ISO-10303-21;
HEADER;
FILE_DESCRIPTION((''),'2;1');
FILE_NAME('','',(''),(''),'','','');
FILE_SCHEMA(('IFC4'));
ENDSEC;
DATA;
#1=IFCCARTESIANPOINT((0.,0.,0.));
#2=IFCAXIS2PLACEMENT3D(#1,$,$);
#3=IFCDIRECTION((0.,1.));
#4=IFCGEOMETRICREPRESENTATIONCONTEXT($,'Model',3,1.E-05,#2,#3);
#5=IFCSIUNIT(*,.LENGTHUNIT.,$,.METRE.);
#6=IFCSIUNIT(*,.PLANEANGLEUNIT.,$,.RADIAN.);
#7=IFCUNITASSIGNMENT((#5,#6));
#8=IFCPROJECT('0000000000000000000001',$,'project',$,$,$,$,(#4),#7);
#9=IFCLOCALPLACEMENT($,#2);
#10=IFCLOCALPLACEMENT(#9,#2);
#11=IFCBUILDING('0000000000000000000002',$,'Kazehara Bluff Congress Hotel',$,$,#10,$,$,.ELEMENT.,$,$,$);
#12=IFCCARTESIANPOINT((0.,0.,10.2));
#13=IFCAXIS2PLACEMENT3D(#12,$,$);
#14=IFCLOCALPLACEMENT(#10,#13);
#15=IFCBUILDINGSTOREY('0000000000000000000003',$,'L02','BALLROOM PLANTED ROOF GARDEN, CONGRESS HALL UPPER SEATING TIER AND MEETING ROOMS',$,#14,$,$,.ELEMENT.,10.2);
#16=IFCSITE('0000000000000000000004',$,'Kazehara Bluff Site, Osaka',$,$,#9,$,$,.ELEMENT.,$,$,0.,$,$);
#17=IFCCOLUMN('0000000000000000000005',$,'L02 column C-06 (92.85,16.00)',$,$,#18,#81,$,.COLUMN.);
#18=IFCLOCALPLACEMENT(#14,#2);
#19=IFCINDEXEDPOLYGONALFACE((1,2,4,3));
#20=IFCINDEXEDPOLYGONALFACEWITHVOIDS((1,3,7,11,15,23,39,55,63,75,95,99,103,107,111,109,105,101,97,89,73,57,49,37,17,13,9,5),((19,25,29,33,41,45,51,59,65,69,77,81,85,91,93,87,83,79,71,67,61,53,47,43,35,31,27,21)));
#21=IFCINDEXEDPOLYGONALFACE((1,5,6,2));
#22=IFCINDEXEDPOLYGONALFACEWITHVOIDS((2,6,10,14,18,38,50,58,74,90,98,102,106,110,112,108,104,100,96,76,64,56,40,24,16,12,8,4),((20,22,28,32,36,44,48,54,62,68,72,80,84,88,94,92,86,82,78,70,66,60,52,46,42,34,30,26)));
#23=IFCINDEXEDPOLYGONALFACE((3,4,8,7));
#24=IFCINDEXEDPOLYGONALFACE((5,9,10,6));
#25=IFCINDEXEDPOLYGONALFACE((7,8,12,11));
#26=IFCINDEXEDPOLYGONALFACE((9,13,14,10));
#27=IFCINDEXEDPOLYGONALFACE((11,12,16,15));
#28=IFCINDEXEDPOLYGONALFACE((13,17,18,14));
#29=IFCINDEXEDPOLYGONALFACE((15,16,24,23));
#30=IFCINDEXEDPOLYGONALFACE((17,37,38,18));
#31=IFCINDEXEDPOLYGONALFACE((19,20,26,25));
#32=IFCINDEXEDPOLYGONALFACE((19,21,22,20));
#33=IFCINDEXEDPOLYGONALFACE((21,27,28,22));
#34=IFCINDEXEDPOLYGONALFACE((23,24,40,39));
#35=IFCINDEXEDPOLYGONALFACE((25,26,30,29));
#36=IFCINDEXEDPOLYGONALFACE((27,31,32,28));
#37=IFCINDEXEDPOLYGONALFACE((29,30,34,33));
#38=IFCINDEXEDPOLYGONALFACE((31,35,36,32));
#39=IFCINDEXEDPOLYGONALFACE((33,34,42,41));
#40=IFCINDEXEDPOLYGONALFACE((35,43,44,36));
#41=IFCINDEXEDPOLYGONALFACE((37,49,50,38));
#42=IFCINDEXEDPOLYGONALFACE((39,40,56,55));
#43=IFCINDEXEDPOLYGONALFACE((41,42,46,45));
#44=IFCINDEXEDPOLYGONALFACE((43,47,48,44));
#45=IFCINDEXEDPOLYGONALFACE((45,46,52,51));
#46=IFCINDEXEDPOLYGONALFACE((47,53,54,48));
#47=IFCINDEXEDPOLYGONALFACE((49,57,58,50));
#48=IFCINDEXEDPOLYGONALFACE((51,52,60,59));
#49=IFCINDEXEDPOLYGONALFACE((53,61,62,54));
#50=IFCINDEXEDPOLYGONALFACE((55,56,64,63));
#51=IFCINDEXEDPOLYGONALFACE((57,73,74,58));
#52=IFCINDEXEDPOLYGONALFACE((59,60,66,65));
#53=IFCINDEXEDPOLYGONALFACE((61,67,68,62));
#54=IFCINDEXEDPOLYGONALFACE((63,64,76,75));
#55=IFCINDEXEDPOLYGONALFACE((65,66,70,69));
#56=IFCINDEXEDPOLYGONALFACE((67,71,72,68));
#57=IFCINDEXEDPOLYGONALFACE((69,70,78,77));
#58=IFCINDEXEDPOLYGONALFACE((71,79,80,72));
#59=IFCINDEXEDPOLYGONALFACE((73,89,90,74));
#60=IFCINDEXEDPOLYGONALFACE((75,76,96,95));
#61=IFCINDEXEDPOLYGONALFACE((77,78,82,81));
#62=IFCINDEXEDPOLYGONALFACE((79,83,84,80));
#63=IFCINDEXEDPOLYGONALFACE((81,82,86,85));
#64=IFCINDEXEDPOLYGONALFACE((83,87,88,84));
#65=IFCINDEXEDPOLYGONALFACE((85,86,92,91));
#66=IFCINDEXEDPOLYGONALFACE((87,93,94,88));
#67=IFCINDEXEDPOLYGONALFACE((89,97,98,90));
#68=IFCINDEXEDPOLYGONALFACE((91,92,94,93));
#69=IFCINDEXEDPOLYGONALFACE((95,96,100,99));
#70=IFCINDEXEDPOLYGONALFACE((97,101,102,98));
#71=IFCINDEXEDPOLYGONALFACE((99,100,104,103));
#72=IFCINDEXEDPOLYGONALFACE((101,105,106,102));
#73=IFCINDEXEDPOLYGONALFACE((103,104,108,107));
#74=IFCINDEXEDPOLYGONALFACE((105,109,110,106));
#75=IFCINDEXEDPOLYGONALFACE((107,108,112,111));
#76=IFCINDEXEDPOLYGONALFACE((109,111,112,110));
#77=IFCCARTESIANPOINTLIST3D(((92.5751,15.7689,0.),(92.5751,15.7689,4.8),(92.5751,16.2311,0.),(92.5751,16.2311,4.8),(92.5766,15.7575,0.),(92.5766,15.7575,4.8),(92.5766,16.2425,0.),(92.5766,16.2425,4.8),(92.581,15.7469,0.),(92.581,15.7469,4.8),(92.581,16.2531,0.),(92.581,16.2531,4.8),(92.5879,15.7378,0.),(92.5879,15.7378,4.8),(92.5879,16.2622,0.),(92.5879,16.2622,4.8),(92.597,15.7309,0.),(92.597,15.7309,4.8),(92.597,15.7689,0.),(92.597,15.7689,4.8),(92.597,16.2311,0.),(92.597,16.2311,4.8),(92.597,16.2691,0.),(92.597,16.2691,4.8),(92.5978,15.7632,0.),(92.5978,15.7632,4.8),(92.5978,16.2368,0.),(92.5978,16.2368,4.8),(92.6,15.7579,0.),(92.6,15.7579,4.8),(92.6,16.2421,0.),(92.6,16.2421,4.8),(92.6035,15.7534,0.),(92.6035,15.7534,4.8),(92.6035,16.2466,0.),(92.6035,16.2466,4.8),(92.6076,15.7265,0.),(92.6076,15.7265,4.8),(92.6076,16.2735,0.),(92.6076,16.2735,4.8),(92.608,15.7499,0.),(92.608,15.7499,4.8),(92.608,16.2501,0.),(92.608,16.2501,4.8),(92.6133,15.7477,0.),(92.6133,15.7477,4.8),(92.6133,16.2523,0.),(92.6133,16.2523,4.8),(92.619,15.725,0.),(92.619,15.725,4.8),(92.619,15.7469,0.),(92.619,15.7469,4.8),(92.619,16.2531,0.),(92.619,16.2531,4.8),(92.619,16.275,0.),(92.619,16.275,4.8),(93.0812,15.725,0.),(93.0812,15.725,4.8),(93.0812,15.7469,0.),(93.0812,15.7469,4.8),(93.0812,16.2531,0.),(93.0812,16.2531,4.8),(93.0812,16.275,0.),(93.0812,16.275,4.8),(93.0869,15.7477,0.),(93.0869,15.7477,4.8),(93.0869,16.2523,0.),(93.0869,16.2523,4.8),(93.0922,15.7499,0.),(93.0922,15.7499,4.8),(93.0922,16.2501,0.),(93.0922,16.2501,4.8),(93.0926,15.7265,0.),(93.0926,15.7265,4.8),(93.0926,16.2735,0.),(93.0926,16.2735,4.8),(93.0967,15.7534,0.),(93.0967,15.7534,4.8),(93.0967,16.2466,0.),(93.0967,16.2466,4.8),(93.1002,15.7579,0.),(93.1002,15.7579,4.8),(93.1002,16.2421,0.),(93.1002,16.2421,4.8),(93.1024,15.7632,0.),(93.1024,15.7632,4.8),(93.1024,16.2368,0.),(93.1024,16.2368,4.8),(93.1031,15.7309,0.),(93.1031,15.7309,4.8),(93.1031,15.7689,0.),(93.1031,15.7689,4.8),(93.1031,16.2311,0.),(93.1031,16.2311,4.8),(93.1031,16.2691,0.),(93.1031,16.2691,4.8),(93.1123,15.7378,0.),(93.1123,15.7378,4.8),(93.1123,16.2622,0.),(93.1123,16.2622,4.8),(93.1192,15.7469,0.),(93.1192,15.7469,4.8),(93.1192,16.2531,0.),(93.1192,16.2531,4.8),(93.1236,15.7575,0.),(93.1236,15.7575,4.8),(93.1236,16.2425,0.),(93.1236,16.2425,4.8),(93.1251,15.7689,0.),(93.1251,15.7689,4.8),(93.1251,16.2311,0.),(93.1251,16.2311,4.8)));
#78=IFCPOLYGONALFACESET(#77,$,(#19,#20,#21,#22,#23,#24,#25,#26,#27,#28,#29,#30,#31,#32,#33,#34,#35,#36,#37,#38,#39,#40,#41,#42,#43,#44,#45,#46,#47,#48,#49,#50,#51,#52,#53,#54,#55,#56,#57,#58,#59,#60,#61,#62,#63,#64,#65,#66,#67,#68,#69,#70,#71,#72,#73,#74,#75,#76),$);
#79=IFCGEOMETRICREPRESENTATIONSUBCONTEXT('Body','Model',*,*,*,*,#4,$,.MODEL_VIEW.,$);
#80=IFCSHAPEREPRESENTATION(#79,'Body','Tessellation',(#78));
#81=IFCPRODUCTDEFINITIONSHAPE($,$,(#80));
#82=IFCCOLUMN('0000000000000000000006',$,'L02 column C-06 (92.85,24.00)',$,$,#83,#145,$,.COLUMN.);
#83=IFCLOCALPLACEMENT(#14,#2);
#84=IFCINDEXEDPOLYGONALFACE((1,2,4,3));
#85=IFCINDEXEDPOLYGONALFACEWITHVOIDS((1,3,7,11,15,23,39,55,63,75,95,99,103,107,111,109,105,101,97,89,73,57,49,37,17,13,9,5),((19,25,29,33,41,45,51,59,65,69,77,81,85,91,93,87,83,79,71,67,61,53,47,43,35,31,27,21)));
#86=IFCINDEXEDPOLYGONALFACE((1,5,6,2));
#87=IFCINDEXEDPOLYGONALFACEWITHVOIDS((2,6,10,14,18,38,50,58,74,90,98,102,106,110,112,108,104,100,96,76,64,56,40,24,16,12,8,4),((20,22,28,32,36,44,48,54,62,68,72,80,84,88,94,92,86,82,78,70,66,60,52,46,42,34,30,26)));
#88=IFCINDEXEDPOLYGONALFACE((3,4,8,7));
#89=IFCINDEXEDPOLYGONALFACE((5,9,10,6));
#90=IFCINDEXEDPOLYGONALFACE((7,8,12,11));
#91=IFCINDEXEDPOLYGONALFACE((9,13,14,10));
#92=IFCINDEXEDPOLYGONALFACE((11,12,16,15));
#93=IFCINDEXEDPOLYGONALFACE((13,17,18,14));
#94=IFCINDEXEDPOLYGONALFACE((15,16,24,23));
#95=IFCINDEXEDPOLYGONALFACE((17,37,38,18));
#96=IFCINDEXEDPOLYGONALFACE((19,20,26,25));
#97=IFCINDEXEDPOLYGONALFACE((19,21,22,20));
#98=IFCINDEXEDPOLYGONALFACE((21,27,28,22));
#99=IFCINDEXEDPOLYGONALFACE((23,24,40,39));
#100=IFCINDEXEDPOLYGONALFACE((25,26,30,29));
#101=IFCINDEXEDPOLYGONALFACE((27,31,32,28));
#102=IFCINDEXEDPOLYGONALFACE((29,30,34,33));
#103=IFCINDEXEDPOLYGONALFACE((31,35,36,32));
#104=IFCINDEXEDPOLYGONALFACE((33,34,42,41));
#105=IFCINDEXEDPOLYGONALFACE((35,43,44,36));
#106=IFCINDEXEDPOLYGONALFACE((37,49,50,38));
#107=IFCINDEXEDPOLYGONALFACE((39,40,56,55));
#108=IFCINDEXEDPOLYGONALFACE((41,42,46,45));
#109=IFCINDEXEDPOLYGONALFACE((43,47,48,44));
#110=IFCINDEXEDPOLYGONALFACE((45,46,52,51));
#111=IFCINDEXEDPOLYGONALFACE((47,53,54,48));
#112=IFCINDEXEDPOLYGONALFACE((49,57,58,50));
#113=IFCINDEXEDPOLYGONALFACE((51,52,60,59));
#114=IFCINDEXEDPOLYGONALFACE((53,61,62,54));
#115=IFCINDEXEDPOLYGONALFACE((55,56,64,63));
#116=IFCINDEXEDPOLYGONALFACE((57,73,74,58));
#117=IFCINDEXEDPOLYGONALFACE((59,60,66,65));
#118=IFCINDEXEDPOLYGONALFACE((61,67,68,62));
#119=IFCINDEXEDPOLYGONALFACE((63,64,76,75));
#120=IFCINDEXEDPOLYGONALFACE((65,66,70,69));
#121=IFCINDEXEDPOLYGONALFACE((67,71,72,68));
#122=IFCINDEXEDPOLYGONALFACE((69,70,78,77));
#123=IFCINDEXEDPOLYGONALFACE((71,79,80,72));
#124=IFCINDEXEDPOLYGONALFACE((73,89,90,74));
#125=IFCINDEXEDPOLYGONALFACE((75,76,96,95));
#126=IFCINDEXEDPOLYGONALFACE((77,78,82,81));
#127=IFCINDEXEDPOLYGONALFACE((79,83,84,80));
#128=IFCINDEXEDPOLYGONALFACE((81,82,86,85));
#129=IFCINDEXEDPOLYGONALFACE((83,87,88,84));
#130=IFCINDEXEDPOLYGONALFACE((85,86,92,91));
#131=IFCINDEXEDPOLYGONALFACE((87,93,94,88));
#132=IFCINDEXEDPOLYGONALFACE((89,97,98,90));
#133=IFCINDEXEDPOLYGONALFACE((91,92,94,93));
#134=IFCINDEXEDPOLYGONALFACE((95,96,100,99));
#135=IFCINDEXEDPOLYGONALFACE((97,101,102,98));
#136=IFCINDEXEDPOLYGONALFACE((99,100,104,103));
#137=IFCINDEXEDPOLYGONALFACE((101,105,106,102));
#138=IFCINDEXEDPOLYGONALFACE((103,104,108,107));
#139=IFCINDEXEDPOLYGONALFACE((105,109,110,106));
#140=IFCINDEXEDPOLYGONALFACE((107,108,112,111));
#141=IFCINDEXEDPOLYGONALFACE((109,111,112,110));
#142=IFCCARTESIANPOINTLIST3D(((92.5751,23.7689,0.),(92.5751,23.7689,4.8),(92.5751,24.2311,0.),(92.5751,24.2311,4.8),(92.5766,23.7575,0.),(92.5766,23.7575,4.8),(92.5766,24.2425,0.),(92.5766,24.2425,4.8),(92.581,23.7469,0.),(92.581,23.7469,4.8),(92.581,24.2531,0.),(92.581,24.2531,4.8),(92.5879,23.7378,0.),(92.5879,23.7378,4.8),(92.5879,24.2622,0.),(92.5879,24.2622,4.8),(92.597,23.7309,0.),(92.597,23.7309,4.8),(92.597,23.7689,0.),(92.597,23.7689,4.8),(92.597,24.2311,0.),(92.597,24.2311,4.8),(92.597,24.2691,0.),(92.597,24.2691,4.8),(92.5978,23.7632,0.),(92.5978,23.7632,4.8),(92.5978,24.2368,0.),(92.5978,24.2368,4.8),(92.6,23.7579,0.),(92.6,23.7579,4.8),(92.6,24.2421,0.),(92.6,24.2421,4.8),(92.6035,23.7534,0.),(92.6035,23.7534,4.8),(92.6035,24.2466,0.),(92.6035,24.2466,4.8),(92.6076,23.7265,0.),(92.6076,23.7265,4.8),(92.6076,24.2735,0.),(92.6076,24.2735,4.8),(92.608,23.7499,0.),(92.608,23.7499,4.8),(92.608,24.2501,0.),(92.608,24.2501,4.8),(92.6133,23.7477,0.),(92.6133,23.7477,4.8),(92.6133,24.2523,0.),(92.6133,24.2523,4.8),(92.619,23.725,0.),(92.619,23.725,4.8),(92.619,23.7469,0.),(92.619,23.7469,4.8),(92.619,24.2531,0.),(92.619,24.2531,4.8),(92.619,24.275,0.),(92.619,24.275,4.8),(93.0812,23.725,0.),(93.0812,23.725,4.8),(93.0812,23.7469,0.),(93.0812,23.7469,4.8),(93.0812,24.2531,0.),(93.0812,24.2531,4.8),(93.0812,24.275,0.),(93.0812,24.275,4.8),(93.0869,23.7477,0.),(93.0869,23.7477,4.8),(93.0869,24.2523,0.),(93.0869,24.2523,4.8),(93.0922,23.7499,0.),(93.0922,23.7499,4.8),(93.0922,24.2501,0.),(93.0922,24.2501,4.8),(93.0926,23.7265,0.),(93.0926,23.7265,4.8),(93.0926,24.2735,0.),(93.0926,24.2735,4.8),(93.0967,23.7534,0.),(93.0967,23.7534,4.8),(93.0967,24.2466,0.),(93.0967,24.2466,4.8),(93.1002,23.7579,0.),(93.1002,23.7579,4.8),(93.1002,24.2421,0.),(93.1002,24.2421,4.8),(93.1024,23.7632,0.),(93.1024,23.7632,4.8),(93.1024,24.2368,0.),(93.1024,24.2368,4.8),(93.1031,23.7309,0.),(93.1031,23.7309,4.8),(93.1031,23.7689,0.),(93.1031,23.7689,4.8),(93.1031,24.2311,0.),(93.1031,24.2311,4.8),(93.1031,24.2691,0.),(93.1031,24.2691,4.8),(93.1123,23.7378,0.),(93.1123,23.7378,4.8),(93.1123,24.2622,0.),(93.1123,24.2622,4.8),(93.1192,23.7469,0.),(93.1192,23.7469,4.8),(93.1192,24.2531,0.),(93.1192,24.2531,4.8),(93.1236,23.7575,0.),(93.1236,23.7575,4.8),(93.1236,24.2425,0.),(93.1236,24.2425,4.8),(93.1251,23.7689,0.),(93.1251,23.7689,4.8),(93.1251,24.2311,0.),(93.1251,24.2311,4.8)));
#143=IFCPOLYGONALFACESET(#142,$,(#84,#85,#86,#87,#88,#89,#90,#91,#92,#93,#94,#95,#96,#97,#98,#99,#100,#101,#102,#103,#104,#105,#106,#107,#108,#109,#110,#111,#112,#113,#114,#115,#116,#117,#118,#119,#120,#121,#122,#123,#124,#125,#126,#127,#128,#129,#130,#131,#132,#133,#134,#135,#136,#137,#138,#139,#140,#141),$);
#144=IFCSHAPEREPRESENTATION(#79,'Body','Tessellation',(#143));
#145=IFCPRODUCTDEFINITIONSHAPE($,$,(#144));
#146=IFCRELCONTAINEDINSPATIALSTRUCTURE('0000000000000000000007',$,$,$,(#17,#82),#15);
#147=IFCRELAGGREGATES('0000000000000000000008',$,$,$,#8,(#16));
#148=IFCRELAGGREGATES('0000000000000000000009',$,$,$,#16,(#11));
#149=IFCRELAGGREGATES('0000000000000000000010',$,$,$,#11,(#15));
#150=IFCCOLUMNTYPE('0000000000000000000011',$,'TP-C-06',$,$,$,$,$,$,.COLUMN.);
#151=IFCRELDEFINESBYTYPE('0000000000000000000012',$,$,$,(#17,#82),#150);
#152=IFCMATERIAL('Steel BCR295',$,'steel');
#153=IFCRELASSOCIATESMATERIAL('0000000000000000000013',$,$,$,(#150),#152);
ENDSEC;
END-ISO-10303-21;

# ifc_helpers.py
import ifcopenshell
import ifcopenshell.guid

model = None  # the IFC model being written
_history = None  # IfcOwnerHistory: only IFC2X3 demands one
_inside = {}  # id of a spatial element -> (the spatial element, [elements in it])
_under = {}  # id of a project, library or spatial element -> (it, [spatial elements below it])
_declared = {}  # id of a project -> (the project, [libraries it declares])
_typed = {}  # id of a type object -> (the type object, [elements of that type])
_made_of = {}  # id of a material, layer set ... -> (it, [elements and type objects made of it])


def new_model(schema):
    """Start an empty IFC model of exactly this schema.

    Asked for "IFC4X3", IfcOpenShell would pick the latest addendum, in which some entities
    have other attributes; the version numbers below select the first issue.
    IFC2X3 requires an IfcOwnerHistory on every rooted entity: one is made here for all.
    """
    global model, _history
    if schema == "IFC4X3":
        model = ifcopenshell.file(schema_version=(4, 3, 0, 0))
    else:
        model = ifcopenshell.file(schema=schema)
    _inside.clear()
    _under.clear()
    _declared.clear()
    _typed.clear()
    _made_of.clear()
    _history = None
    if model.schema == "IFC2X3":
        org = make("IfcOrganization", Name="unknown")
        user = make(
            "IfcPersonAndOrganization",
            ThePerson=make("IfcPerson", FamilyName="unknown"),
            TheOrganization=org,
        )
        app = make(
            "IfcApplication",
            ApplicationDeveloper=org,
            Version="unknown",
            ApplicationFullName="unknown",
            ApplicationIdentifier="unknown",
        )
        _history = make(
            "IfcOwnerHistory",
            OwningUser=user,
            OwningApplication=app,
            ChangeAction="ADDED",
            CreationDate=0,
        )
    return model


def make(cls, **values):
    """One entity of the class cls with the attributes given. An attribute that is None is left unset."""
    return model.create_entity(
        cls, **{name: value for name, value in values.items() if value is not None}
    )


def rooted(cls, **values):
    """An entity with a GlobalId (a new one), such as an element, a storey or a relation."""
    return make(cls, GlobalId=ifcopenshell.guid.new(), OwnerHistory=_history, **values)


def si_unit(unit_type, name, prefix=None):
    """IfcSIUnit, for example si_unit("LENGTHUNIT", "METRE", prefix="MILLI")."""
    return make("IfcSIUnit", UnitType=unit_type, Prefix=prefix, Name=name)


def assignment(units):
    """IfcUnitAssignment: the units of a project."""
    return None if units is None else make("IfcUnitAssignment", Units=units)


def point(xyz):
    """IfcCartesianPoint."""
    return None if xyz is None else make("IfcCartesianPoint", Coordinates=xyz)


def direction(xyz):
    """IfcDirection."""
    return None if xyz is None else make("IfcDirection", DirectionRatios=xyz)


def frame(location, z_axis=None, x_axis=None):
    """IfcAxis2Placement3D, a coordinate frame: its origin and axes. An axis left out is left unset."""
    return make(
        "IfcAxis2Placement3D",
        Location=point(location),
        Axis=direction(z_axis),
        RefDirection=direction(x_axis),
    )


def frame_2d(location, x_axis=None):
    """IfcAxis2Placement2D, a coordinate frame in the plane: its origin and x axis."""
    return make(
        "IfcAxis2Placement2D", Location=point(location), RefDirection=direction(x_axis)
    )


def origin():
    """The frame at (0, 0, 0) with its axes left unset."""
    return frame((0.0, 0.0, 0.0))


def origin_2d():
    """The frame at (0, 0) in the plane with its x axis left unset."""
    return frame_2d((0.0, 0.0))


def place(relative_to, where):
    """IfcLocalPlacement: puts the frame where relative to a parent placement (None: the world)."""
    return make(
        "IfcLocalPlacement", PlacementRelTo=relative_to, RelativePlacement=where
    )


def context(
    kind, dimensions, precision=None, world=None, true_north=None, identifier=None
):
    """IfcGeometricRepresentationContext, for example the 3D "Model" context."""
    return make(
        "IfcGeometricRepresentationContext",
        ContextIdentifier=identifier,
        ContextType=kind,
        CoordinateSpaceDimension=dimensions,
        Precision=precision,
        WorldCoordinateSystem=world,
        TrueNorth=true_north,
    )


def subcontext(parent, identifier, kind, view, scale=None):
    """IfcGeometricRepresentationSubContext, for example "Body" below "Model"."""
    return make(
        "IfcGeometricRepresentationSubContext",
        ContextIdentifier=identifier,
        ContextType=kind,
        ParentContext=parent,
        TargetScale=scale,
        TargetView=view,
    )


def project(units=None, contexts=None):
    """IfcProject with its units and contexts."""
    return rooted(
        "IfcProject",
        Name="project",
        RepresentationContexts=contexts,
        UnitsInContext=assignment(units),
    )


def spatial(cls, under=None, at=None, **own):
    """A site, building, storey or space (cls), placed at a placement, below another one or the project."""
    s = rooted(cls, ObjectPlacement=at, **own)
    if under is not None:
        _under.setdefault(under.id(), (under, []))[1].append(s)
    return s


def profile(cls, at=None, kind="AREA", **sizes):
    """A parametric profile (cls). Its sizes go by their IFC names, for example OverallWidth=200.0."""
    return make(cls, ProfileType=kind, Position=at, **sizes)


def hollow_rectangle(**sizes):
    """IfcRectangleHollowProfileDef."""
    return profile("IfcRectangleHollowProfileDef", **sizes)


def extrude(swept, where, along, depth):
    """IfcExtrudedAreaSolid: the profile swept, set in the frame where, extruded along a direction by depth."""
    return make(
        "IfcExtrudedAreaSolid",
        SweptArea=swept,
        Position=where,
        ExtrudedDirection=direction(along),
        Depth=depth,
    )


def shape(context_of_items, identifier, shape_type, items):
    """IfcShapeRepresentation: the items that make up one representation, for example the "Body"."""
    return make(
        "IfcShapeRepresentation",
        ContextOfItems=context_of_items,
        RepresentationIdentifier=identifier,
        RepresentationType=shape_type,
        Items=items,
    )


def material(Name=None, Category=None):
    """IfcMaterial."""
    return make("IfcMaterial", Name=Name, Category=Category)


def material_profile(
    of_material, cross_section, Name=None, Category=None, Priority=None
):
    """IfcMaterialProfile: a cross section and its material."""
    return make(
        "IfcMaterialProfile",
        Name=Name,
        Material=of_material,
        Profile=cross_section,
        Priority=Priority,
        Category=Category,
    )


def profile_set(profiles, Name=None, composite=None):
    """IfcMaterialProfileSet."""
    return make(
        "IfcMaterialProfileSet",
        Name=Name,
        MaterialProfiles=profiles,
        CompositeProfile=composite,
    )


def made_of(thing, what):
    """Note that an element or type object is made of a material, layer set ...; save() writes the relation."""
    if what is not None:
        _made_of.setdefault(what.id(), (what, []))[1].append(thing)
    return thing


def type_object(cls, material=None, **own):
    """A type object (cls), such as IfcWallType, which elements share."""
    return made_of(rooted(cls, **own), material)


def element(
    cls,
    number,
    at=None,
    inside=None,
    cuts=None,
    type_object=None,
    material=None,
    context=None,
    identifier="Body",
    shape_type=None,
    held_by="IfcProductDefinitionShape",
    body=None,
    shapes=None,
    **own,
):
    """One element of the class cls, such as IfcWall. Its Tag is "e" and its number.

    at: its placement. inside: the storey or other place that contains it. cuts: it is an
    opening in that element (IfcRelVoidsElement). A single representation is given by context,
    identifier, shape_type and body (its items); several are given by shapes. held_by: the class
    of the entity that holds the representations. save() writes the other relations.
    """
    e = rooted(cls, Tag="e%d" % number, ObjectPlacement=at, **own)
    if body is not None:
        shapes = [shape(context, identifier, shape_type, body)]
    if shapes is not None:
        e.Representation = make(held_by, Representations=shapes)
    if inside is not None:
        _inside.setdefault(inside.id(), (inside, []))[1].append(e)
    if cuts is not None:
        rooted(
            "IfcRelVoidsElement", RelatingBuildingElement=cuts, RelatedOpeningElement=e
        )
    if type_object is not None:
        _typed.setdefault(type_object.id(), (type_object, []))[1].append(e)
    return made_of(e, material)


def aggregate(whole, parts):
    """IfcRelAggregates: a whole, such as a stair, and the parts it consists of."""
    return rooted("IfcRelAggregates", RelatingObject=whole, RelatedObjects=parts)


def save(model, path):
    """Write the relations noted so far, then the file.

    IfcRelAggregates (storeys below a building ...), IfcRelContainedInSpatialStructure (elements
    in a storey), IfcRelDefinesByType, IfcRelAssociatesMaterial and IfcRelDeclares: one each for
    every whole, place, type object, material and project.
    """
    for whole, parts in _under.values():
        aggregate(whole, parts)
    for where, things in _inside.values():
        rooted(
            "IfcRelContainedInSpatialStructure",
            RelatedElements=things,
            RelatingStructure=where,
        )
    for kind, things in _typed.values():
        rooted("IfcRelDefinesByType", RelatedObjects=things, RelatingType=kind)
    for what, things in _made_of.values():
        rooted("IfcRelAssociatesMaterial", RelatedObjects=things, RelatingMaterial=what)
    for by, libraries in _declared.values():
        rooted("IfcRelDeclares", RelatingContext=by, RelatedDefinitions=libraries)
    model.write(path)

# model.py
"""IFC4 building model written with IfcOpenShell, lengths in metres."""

from ifc_helpers import new_model, si_unit, direction, frame, origin, origin_2d, place, context, subcontext, project, spatial, hollow_rectangle, extrude, material, material_profile, profile_set, type_object, element, save


model = new_model("IFC4")

# Units and contexts
model_context = context("Model", 3, precision=1e-05, world=origin(), true_north=direction((0.0, 1.0)))
body_context = subcontext(model_context, "Body", "Model", "MODEL_VIEW")
ifc_project = project(units=[si_unit("LENGTHUNIT", "METRE"), si_unit("PLANEANGLEUNIT", "RADIAN")], contexts=[model_context])

# Site, building, storey
site_placement = place(None, origin())
site = spatial("IfcSite", under=ifc_project, at=site_placement, Name="Kazehara Bluff Site, Osaka", CompositionType="ELEMENT", RefElevation=0.0)
building_placement = place(site_placement, origin())
building = spatial("IfcBuilding", under=site, at=building_placement, Name="Kazehara Bluff Congress Hotel", CompositionType="ELEMENT")
storey_placement = place(building_placement, frame((0.0, 0.0, 10.2)))
storey = spatial("IfcBuildingStorey", under=building, at=storey_placement, Name="L02", Description="BALLROOM PLANTED ROOF GARDEN, CONGRESS HALL UPPER SEATING TIER AND MEETING ROOMS", CompositionType="ELEMENT", Elevation=10.2)

# Columns
ifc_material_1 = material(Name="Steel BCR295", Category="steel")
ifc_material_profile_1 = material_profile(ifc_material_1, hollow_rectangle(XDim=0.55, YDim=0.55, WallThickness=0.022, InnerFilletRadius=0.022, OuterFilletRadius=0.0439, at=origin_2d()))
ifc_profile_set_1 = profile_set([ifc_material_profile_1], Name="Steel BCR295")
column_type = type_object("IfcColumnType", Name="TP-C-06", PredefinedType="COLUMN", material=ifc_profile_set_1)
for number, where, z_axis, x_axis, name in (
    (1, (92.8501, 16.0, 0.0), (0.0, 0.0, 1.0), (1.0, 0.0, 0.0), "L02 column C-06 (92.85,16.00)"),
    (2, (92.8501, 24.0, 0.0), (0.0, 0.0, 1.0), (1.0, 0.0, 0.0), "L02 column C-06 (92.85,24.00)"),
):
    element("IfcColumn", number, at=place(storey_placement, frame(where, z_axis=z_axis, x_axis=x_axis)), inside=storey, type_object=column_type, Name=name, PredefinedType="COLUMN", context=body_context, shape_type="SweptSolid", body=[
        extrude(hollow_rectangle(XDim=0.55, YDim=0.55, WallThickness=0.022, InnerFilletRadius=0.022, OuterFilletRadius=0.0439, at=origin_2d()), origin(), (0.0, 0.0, 1.0), 4.8),
    ])

save(model, "model.ifc")
